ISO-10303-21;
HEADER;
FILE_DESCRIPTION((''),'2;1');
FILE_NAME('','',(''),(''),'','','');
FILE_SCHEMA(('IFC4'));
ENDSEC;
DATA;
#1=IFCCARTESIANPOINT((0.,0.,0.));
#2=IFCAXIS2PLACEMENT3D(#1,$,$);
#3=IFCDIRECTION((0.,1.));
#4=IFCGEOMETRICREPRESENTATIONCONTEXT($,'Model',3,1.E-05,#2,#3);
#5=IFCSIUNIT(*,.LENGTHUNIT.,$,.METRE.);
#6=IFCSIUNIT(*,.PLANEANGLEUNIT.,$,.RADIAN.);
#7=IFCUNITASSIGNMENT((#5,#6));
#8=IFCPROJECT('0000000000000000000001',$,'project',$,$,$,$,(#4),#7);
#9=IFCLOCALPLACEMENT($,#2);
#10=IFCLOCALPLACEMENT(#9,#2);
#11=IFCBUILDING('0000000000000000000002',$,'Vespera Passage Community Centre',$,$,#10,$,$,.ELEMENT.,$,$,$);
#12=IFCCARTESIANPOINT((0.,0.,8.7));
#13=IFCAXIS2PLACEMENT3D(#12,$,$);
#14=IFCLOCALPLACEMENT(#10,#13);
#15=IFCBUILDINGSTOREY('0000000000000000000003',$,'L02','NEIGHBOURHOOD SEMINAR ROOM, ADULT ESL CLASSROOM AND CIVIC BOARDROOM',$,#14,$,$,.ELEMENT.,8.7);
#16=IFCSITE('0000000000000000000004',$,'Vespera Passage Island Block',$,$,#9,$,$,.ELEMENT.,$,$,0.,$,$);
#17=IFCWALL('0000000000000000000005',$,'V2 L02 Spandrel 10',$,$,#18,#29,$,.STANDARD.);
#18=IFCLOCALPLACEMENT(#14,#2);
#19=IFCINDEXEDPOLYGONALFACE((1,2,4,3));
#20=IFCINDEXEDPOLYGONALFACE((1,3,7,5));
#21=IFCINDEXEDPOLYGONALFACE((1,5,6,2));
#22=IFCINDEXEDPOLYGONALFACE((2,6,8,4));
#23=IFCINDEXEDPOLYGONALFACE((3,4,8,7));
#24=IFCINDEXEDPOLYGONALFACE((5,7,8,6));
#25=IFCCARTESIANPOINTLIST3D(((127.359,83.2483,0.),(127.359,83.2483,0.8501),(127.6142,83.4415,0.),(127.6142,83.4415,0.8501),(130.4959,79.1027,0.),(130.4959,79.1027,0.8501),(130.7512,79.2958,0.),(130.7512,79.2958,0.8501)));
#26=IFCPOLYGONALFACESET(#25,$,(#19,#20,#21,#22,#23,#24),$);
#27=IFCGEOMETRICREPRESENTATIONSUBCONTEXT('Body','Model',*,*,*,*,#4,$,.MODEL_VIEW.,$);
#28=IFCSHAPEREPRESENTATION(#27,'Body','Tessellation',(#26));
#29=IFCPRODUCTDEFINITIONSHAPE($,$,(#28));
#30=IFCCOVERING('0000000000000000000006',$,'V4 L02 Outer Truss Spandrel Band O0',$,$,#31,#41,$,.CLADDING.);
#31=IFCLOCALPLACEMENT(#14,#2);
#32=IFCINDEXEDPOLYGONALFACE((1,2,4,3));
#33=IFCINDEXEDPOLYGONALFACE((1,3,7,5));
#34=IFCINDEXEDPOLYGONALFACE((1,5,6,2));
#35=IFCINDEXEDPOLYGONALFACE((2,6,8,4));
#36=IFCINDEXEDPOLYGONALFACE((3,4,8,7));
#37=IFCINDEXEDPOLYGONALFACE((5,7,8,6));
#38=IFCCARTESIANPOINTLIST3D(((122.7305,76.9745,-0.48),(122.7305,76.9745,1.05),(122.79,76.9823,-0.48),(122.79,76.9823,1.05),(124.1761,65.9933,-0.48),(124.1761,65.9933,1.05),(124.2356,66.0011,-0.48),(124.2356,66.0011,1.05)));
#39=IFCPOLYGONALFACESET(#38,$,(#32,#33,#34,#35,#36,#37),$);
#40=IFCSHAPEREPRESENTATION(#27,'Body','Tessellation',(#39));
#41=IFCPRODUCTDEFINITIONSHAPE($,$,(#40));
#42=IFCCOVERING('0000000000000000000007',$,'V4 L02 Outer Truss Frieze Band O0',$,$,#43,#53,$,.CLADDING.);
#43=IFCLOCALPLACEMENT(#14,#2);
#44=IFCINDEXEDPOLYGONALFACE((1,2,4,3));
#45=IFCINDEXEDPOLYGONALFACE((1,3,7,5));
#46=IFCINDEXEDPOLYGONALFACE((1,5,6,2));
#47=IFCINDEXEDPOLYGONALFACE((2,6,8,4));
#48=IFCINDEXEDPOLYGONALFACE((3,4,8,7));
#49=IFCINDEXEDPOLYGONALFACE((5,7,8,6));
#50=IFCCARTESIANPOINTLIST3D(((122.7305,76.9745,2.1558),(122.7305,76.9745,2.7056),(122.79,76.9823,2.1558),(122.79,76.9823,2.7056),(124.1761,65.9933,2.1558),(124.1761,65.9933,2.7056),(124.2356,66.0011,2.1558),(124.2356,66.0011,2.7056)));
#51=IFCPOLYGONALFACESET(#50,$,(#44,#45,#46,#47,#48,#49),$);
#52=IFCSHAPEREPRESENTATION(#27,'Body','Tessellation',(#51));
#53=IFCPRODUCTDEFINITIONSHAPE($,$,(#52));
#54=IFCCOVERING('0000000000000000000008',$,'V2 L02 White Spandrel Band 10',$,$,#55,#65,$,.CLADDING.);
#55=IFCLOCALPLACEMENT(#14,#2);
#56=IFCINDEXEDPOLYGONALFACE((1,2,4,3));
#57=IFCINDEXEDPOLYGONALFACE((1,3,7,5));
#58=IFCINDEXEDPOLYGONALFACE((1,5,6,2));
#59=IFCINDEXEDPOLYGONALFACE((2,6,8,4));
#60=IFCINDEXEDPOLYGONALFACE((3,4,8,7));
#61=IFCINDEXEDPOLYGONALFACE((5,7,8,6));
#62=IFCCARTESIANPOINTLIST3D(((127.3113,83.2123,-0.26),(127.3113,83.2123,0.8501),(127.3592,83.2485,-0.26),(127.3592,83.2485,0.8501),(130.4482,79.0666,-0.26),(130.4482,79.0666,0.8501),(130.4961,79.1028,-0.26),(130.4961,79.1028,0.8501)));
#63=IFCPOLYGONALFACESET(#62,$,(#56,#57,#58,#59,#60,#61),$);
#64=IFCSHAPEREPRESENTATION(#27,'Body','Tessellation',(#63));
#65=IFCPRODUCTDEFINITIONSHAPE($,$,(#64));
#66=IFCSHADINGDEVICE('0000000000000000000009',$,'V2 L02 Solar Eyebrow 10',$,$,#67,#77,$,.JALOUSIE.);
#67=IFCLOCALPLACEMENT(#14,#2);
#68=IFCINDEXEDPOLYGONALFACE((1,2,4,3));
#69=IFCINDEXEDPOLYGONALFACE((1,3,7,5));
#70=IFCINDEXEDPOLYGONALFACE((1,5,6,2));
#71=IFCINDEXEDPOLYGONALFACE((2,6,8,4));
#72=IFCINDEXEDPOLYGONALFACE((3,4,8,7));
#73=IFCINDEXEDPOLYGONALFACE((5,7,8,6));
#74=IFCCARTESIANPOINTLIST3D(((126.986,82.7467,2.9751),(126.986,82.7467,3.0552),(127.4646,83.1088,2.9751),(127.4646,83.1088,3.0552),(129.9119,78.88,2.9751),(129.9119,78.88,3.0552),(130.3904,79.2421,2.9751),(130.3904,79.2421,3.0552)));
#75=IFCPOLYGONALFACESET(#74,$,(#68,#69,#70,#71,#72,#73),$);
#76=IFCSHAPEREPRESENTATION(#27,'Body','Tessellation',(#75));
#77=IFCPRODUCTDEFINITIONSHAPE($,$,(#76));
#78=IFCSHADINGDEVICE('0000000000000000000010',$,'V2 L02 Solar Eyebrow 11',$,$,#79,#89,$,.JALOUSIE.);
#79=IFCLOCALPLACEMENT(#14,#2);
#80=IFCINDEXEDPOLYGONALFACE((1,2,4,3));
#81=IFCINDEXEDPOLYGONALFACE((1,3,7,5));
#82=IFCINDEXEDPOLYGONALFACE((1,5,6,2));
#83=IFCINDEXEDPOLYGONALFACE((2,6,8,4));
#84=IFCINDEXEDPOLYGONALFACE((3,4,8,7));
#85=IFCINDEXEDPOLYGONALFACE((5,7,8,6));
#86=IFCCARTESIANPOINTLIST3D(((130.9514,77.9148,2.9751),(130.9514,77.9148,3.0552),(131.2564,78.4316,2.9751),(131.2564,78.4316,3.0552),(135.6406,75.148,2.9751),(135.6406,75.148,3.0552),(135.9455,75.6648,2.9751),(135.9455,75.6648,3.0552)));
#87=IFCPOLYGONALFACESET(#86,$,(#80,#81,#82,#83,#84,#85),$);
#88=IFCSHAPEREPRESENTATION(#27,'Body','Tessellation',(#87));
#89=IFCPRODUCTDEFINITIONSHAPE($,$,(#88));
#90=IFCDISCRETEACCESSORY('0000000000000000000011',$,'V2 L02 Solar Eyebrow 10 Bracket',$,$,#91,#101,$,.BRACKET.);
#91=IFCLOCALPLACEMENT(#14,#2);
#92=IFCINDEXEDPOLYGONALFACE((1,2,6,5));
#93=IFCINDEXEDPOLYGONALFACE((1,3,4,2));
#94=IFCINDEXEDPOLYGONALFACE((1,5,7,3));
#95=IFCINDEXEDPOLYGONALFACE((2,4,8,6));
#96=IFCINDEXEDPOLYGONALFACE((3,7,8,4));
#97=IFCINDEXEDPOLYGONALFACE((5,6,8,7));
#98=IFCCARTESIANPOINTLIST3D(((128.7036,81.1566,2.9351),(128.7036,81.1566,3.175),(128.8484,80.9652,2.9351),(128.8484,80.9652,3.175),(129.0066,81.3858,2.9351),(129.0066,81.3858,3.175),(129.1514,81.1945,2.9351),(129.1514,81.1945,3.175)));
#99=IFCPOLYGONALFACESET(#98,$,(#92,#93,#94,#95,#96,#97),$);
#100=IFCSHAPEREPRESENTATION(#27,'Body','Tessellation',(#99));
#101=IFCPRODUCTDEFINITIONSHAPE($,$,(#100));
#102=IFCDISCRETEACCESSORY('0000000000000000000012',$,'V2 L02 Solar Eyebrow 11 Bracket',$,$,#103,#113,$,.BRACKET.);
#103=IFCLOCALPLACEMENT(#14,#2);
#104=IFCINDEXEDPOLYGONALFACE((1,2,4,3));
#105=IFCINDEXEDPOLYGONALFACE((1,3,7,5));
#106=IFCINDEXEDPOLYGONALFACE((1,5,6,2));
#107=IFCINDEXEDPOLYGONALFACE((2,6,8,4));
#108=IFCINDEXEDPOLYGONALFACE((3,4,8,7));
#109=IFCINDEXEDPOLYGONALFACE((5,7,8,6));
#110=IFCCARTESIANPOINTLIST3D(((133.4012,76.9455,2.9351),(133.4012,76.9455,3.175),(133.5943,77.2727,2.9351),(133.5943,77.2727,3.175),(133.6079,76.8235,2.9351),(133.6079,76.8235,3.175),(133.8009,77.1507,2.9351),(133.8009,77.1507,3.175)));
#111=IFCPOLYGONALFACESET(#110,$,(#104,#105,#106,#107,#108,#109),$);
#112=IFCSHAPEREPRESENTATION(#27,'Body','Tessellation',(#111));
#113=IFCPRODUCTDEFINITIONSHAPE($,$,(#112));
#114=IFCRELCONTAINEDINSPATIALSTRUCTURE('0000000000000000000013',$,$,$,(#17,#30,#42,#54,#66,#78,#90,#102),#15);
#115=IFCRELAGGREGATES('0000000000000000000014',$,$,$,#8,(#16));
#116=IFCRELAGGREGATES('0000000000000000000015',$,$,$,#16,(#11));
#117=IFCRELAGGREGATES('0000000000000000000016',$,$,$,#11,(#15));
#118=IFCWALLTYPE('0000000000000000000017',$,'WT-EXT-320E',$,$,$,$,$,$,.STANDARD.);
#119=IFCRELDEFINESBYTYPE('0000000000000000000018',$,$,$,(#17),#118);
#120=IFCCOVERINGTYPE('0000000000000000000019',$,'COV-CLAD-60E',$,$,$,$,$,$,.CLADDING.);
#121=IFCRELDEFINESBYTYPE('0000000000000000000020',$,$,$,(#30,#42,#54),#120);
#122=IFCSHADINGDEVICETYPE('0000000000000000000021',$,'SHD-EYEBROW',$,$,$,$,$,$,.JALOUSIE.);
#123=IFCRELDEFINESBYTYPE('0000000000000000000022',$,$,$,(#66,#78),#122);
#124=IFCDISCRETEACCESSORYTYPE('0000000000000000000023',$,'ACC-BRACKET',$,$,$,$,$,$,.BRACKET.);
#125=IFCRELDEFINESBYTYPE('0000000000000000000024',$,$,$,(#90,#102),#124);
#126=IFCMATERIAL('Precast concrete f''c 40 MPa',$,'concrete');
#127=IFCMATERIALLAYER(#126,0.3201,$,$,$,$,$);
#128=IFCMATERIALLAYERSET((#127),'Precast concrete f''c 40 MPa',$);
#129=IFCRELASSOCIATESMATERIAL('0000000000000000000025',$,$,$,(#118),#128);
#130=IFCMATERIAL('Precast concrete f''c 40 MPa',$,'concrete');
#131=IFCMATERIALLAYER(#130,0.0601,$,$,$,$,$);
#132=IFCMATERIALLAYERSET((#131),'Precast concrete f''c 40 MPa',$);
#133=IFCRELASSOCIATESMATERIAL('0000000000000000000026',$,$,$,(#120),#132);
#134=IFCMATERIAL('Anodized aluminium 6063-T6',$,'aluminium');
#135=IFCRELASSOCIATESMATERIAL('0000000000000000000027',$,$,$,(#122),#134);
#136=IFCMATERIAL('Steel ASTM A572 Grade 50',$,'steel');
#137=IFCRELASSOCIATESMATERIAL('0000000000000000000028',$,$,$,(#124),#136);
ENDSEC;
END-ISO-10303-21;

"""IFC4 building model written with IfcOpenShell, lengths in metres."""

from ifc_helpers import new_model, si_unit, direction, frame, frame_2d, origin, origin_2d, place, context, subcontext, project, spatial, rectangle, extrude, material, layer, layer_set, type_object, element, save


model = new_model("IFC4")

# Units and contexts
model_context = context("Model", 3, precision=1e-05, world=origin(), true_north=direction((0.0, 1.0)))
body_context = subcontext(model_context, "Body", "Model", "MODEL_VIEW")
ifc_project = project(units=[si_unit("LENGTHUNIT", "METRE"), si_unit("PLANEANGLEUNIT", "RADIAN")], contexts=[model_context])

# Site, building, storey
site_placement = place(None, origin())
site = spatial("IfcSite", under=ifc_project, at=site_placement, Name="Vespera Passage Island Block", CompositionType="ELEMENT", RefElevation=0.0)
building_placement = place(site_placement, origin())
building = spatial("IfcBuilding", under=site, at=building_placement, Name="Vespera Passage Community Centre", CompositionType="ELEMENT")
storey_placement = place(building_placement, frame((0.0, 0.0, 8.7)))
storey = spatial("IfcBuildingStorey", under=building, at=storey_placement, Name="L02", Description="NEIGHBOURHOOD SEMINAR ROOM, ADULT ESL CLASSROOM AND CIVIC BOARDROOM", CompositionType="ELEMENT", Elevation=8.7)

# Wall
ifc_material_1 = material(Name="Precast concrete f'c 40 MPa", Category="concrete")
ifc_layer_1 = layer(ifc_material_1, 0.3201)
ifc_layer_set_1 = layer_set([ifc_layer_1], Name="Precast concrete f'c 40 MPa")
wall_type_1 = type_object("IfcWallType", Name="WT-EXT-320E", PredefinedType="STANDARD", material=ifc_layer_set_1)
wall_1_placement = place(storey_placement, frame((130.6235, 79.1992, 0.0), z_axis=(0.0, 0.0, 1.0), x_axis=(-0.603398, 0.79744, 0.0)))
element("IfcWall", 1, at=wall_1_placement, inside=storey, type_object=wall_type_1, Name="V2 L02 Spandrel 10", PredefinedType="STANDARD", context=body_context, shape_type="SweptSolid", body=[
    extrude(rectangle(XDim=5.1987, YDim=0.3201, at=frame_2d((2.5994, 0.0))), origin(), (0.0, 0.0, 1.0), 0.8501),
])

# Coverings
ifc_material_2 = material(Name="Precast concrete f'c 40 MPa", Category="concrete")
ifc_layer_2 = layer(ifc_material_2, 0.0601)
ifc_layer_set_2 = layer_set([ifc_layer_2], Name="Precast concrete f'c 40 MPa")
covering_type = type_object("IfcCoveringType", Name="COV-CLAD-60E", PredefinedType="CLADDING", material=ifc_layer_set_2)
covering_1_placement = place(storey_placement, frame((122.7603, 76.9785, -0.48), z_axis=(0.0, 0.0, 1.0), x_axis=(0.130513, -0.991447, 0.0)))
element("IfcCovering", 2, at=covering_1_placement, inside=storey, type_object=covering_type, Name="V4 L02 Outer Truss Spandrel Band O0", PredefinedType="CLADDING", context=body_context, shape_type="SweptSolid", body=[
    extrude(rectangle(XDim=11.0759, YDim=0.0601, at=frame_2d((5.5381, 0.0))), origin(), (0.0, 0.0, 1.0), 1.53),
])
covering_2_placement = place(storey_placement, frame((122.7603, 76.9785, 2.1558), z_axis=(0.0, 0.0, 1.0), x_axis=(0.130513, -0.991447, 0.0)))
element("IfcCovering", 3, at=covering_2_placement, inside=storey, type_object=covering_type, Name="V4 L02 Outer Truss Frieze Band O0", PredefinedType="CLADDING", context=body_context, shape_type="SweptSolid", body=[
    extrude(rectangle(XDim=11.0759, YDim=0.0601, at=frame_2d((5.5381, 0.0))), origin(), (0.0, 0.0, 1.0), 0.5498),
])
covering_3_placement = place(storey_placement, frame((130.4722, 79.0847, -0.26), z_axis=(0.0, 0.0, 1.0), x_axis=(-0.603398, 0.79744, 0.0)))
element("IfcCovering", 4, at=covering_3_placement, inside=storey, type_object=covering_type, Name="V2 L02 White Spandrel Band 10", PredefinedType="CLADDING", context=body_context, shape_type="SweptSolid", body=[
    extrude(rectangle(XDim=5.1987, YDim=0.0601, at=frame_2d((2.5994, 0.0))), origin(), (0.0, 0.0, 1.0), 1.1101),
])

# Shading devices
ifc_material_3 = material(Name="Anodized aluminium 6063-T6", Category="aluminium")
shading_device_type = type_object("IfcShadingDeviceType", Name="SHD-EYEBROW", PredefinedType="JALOUSIE", material=ifc_material_3)
shading_device_1_placement = place(storey_placement, frame((128.6882, 80.9944, 2.9751), z_axis=(0.0, 0.0, 1.0), x_axis=(-0.603403, 0.797437, 0.0)))
element("IfcShadingDevice", 5, at=shading_device_1_placement, inside=storey, type_object=shading_device_type, Name="V2 L02 Solar Eyebrow 10", PredefinedType="JALOUSIE", context=body_context, shape_type="SweptSolid", body=[
    extrude(rectangle(XDim=4.8489, YDim=0.6001, at=origin_2d()), origin(), (0.0, 0.0, 1.0), 0.0801),
])
shading_device_2_placement = place(storey_placement, frame((133.4485, 76.7898, 2.9751), z_axis=(0.0, 0.0, 1.0), x_axis=(-0.861248, 0.508185, 0.0)))
element("IfcShadingDevice", 6, at=shading_device_2_placement, inside=storey, type_object=shading_device_type, Name="V2 L02 Solar Eyebrow 11", PredefinedType="JALOUSIE", context=body_context, shape_type="SweptSolid", body=[
    extrude(rectangle(XDim=5.4446, YDim=0.6001, at=origin_2d()), origin(), (0.0, 0.0, 1.0), 0.0801),
])

# Discrete accessories
ifc_material_4 = material(Name="Steel ASTM A572 Grade 50", Category="steel")
discrete_accessory_type = type_object("IfcDiscreteAccessoryType", Name="ACC-BRACKET", PredefinedType="BRACKET", material=ifc_material_4)
for number, where, z_axis, x_axis, name in (
    (7, (128.9275, 81.1755, 2.9351), (0.0, 0.0, 1.0), (-0.603403, 0.797437, 0.0), "V2 L02 Solar Eyebrow 10 Bracket"),
    (8, (133.6011, 77.0481, 2.9351), (0.0, 0.0, 1.0), (-0.861248, 0.508185, 0.0), "V2 L02 Solar Eyebrow 11 Bracket"),
):
    element("IfcDiscreteAccessory", number, at=place(storey_placement, frame(where, z_axis=z_axis, x_axis=x_axis)), inside=storey, type_object=discrete_accessory_type, Name=name, PredefinedType="BRACKET", context=body_context, shape_type="SweptSolid", body=[
        extrude(rectangle(XDim=0.24, YDim=0.3799, at=origin_2d()), origin(), (0.0, 0.0, 1.0), 0.24),
    ])

save(model, "model.ifc")
